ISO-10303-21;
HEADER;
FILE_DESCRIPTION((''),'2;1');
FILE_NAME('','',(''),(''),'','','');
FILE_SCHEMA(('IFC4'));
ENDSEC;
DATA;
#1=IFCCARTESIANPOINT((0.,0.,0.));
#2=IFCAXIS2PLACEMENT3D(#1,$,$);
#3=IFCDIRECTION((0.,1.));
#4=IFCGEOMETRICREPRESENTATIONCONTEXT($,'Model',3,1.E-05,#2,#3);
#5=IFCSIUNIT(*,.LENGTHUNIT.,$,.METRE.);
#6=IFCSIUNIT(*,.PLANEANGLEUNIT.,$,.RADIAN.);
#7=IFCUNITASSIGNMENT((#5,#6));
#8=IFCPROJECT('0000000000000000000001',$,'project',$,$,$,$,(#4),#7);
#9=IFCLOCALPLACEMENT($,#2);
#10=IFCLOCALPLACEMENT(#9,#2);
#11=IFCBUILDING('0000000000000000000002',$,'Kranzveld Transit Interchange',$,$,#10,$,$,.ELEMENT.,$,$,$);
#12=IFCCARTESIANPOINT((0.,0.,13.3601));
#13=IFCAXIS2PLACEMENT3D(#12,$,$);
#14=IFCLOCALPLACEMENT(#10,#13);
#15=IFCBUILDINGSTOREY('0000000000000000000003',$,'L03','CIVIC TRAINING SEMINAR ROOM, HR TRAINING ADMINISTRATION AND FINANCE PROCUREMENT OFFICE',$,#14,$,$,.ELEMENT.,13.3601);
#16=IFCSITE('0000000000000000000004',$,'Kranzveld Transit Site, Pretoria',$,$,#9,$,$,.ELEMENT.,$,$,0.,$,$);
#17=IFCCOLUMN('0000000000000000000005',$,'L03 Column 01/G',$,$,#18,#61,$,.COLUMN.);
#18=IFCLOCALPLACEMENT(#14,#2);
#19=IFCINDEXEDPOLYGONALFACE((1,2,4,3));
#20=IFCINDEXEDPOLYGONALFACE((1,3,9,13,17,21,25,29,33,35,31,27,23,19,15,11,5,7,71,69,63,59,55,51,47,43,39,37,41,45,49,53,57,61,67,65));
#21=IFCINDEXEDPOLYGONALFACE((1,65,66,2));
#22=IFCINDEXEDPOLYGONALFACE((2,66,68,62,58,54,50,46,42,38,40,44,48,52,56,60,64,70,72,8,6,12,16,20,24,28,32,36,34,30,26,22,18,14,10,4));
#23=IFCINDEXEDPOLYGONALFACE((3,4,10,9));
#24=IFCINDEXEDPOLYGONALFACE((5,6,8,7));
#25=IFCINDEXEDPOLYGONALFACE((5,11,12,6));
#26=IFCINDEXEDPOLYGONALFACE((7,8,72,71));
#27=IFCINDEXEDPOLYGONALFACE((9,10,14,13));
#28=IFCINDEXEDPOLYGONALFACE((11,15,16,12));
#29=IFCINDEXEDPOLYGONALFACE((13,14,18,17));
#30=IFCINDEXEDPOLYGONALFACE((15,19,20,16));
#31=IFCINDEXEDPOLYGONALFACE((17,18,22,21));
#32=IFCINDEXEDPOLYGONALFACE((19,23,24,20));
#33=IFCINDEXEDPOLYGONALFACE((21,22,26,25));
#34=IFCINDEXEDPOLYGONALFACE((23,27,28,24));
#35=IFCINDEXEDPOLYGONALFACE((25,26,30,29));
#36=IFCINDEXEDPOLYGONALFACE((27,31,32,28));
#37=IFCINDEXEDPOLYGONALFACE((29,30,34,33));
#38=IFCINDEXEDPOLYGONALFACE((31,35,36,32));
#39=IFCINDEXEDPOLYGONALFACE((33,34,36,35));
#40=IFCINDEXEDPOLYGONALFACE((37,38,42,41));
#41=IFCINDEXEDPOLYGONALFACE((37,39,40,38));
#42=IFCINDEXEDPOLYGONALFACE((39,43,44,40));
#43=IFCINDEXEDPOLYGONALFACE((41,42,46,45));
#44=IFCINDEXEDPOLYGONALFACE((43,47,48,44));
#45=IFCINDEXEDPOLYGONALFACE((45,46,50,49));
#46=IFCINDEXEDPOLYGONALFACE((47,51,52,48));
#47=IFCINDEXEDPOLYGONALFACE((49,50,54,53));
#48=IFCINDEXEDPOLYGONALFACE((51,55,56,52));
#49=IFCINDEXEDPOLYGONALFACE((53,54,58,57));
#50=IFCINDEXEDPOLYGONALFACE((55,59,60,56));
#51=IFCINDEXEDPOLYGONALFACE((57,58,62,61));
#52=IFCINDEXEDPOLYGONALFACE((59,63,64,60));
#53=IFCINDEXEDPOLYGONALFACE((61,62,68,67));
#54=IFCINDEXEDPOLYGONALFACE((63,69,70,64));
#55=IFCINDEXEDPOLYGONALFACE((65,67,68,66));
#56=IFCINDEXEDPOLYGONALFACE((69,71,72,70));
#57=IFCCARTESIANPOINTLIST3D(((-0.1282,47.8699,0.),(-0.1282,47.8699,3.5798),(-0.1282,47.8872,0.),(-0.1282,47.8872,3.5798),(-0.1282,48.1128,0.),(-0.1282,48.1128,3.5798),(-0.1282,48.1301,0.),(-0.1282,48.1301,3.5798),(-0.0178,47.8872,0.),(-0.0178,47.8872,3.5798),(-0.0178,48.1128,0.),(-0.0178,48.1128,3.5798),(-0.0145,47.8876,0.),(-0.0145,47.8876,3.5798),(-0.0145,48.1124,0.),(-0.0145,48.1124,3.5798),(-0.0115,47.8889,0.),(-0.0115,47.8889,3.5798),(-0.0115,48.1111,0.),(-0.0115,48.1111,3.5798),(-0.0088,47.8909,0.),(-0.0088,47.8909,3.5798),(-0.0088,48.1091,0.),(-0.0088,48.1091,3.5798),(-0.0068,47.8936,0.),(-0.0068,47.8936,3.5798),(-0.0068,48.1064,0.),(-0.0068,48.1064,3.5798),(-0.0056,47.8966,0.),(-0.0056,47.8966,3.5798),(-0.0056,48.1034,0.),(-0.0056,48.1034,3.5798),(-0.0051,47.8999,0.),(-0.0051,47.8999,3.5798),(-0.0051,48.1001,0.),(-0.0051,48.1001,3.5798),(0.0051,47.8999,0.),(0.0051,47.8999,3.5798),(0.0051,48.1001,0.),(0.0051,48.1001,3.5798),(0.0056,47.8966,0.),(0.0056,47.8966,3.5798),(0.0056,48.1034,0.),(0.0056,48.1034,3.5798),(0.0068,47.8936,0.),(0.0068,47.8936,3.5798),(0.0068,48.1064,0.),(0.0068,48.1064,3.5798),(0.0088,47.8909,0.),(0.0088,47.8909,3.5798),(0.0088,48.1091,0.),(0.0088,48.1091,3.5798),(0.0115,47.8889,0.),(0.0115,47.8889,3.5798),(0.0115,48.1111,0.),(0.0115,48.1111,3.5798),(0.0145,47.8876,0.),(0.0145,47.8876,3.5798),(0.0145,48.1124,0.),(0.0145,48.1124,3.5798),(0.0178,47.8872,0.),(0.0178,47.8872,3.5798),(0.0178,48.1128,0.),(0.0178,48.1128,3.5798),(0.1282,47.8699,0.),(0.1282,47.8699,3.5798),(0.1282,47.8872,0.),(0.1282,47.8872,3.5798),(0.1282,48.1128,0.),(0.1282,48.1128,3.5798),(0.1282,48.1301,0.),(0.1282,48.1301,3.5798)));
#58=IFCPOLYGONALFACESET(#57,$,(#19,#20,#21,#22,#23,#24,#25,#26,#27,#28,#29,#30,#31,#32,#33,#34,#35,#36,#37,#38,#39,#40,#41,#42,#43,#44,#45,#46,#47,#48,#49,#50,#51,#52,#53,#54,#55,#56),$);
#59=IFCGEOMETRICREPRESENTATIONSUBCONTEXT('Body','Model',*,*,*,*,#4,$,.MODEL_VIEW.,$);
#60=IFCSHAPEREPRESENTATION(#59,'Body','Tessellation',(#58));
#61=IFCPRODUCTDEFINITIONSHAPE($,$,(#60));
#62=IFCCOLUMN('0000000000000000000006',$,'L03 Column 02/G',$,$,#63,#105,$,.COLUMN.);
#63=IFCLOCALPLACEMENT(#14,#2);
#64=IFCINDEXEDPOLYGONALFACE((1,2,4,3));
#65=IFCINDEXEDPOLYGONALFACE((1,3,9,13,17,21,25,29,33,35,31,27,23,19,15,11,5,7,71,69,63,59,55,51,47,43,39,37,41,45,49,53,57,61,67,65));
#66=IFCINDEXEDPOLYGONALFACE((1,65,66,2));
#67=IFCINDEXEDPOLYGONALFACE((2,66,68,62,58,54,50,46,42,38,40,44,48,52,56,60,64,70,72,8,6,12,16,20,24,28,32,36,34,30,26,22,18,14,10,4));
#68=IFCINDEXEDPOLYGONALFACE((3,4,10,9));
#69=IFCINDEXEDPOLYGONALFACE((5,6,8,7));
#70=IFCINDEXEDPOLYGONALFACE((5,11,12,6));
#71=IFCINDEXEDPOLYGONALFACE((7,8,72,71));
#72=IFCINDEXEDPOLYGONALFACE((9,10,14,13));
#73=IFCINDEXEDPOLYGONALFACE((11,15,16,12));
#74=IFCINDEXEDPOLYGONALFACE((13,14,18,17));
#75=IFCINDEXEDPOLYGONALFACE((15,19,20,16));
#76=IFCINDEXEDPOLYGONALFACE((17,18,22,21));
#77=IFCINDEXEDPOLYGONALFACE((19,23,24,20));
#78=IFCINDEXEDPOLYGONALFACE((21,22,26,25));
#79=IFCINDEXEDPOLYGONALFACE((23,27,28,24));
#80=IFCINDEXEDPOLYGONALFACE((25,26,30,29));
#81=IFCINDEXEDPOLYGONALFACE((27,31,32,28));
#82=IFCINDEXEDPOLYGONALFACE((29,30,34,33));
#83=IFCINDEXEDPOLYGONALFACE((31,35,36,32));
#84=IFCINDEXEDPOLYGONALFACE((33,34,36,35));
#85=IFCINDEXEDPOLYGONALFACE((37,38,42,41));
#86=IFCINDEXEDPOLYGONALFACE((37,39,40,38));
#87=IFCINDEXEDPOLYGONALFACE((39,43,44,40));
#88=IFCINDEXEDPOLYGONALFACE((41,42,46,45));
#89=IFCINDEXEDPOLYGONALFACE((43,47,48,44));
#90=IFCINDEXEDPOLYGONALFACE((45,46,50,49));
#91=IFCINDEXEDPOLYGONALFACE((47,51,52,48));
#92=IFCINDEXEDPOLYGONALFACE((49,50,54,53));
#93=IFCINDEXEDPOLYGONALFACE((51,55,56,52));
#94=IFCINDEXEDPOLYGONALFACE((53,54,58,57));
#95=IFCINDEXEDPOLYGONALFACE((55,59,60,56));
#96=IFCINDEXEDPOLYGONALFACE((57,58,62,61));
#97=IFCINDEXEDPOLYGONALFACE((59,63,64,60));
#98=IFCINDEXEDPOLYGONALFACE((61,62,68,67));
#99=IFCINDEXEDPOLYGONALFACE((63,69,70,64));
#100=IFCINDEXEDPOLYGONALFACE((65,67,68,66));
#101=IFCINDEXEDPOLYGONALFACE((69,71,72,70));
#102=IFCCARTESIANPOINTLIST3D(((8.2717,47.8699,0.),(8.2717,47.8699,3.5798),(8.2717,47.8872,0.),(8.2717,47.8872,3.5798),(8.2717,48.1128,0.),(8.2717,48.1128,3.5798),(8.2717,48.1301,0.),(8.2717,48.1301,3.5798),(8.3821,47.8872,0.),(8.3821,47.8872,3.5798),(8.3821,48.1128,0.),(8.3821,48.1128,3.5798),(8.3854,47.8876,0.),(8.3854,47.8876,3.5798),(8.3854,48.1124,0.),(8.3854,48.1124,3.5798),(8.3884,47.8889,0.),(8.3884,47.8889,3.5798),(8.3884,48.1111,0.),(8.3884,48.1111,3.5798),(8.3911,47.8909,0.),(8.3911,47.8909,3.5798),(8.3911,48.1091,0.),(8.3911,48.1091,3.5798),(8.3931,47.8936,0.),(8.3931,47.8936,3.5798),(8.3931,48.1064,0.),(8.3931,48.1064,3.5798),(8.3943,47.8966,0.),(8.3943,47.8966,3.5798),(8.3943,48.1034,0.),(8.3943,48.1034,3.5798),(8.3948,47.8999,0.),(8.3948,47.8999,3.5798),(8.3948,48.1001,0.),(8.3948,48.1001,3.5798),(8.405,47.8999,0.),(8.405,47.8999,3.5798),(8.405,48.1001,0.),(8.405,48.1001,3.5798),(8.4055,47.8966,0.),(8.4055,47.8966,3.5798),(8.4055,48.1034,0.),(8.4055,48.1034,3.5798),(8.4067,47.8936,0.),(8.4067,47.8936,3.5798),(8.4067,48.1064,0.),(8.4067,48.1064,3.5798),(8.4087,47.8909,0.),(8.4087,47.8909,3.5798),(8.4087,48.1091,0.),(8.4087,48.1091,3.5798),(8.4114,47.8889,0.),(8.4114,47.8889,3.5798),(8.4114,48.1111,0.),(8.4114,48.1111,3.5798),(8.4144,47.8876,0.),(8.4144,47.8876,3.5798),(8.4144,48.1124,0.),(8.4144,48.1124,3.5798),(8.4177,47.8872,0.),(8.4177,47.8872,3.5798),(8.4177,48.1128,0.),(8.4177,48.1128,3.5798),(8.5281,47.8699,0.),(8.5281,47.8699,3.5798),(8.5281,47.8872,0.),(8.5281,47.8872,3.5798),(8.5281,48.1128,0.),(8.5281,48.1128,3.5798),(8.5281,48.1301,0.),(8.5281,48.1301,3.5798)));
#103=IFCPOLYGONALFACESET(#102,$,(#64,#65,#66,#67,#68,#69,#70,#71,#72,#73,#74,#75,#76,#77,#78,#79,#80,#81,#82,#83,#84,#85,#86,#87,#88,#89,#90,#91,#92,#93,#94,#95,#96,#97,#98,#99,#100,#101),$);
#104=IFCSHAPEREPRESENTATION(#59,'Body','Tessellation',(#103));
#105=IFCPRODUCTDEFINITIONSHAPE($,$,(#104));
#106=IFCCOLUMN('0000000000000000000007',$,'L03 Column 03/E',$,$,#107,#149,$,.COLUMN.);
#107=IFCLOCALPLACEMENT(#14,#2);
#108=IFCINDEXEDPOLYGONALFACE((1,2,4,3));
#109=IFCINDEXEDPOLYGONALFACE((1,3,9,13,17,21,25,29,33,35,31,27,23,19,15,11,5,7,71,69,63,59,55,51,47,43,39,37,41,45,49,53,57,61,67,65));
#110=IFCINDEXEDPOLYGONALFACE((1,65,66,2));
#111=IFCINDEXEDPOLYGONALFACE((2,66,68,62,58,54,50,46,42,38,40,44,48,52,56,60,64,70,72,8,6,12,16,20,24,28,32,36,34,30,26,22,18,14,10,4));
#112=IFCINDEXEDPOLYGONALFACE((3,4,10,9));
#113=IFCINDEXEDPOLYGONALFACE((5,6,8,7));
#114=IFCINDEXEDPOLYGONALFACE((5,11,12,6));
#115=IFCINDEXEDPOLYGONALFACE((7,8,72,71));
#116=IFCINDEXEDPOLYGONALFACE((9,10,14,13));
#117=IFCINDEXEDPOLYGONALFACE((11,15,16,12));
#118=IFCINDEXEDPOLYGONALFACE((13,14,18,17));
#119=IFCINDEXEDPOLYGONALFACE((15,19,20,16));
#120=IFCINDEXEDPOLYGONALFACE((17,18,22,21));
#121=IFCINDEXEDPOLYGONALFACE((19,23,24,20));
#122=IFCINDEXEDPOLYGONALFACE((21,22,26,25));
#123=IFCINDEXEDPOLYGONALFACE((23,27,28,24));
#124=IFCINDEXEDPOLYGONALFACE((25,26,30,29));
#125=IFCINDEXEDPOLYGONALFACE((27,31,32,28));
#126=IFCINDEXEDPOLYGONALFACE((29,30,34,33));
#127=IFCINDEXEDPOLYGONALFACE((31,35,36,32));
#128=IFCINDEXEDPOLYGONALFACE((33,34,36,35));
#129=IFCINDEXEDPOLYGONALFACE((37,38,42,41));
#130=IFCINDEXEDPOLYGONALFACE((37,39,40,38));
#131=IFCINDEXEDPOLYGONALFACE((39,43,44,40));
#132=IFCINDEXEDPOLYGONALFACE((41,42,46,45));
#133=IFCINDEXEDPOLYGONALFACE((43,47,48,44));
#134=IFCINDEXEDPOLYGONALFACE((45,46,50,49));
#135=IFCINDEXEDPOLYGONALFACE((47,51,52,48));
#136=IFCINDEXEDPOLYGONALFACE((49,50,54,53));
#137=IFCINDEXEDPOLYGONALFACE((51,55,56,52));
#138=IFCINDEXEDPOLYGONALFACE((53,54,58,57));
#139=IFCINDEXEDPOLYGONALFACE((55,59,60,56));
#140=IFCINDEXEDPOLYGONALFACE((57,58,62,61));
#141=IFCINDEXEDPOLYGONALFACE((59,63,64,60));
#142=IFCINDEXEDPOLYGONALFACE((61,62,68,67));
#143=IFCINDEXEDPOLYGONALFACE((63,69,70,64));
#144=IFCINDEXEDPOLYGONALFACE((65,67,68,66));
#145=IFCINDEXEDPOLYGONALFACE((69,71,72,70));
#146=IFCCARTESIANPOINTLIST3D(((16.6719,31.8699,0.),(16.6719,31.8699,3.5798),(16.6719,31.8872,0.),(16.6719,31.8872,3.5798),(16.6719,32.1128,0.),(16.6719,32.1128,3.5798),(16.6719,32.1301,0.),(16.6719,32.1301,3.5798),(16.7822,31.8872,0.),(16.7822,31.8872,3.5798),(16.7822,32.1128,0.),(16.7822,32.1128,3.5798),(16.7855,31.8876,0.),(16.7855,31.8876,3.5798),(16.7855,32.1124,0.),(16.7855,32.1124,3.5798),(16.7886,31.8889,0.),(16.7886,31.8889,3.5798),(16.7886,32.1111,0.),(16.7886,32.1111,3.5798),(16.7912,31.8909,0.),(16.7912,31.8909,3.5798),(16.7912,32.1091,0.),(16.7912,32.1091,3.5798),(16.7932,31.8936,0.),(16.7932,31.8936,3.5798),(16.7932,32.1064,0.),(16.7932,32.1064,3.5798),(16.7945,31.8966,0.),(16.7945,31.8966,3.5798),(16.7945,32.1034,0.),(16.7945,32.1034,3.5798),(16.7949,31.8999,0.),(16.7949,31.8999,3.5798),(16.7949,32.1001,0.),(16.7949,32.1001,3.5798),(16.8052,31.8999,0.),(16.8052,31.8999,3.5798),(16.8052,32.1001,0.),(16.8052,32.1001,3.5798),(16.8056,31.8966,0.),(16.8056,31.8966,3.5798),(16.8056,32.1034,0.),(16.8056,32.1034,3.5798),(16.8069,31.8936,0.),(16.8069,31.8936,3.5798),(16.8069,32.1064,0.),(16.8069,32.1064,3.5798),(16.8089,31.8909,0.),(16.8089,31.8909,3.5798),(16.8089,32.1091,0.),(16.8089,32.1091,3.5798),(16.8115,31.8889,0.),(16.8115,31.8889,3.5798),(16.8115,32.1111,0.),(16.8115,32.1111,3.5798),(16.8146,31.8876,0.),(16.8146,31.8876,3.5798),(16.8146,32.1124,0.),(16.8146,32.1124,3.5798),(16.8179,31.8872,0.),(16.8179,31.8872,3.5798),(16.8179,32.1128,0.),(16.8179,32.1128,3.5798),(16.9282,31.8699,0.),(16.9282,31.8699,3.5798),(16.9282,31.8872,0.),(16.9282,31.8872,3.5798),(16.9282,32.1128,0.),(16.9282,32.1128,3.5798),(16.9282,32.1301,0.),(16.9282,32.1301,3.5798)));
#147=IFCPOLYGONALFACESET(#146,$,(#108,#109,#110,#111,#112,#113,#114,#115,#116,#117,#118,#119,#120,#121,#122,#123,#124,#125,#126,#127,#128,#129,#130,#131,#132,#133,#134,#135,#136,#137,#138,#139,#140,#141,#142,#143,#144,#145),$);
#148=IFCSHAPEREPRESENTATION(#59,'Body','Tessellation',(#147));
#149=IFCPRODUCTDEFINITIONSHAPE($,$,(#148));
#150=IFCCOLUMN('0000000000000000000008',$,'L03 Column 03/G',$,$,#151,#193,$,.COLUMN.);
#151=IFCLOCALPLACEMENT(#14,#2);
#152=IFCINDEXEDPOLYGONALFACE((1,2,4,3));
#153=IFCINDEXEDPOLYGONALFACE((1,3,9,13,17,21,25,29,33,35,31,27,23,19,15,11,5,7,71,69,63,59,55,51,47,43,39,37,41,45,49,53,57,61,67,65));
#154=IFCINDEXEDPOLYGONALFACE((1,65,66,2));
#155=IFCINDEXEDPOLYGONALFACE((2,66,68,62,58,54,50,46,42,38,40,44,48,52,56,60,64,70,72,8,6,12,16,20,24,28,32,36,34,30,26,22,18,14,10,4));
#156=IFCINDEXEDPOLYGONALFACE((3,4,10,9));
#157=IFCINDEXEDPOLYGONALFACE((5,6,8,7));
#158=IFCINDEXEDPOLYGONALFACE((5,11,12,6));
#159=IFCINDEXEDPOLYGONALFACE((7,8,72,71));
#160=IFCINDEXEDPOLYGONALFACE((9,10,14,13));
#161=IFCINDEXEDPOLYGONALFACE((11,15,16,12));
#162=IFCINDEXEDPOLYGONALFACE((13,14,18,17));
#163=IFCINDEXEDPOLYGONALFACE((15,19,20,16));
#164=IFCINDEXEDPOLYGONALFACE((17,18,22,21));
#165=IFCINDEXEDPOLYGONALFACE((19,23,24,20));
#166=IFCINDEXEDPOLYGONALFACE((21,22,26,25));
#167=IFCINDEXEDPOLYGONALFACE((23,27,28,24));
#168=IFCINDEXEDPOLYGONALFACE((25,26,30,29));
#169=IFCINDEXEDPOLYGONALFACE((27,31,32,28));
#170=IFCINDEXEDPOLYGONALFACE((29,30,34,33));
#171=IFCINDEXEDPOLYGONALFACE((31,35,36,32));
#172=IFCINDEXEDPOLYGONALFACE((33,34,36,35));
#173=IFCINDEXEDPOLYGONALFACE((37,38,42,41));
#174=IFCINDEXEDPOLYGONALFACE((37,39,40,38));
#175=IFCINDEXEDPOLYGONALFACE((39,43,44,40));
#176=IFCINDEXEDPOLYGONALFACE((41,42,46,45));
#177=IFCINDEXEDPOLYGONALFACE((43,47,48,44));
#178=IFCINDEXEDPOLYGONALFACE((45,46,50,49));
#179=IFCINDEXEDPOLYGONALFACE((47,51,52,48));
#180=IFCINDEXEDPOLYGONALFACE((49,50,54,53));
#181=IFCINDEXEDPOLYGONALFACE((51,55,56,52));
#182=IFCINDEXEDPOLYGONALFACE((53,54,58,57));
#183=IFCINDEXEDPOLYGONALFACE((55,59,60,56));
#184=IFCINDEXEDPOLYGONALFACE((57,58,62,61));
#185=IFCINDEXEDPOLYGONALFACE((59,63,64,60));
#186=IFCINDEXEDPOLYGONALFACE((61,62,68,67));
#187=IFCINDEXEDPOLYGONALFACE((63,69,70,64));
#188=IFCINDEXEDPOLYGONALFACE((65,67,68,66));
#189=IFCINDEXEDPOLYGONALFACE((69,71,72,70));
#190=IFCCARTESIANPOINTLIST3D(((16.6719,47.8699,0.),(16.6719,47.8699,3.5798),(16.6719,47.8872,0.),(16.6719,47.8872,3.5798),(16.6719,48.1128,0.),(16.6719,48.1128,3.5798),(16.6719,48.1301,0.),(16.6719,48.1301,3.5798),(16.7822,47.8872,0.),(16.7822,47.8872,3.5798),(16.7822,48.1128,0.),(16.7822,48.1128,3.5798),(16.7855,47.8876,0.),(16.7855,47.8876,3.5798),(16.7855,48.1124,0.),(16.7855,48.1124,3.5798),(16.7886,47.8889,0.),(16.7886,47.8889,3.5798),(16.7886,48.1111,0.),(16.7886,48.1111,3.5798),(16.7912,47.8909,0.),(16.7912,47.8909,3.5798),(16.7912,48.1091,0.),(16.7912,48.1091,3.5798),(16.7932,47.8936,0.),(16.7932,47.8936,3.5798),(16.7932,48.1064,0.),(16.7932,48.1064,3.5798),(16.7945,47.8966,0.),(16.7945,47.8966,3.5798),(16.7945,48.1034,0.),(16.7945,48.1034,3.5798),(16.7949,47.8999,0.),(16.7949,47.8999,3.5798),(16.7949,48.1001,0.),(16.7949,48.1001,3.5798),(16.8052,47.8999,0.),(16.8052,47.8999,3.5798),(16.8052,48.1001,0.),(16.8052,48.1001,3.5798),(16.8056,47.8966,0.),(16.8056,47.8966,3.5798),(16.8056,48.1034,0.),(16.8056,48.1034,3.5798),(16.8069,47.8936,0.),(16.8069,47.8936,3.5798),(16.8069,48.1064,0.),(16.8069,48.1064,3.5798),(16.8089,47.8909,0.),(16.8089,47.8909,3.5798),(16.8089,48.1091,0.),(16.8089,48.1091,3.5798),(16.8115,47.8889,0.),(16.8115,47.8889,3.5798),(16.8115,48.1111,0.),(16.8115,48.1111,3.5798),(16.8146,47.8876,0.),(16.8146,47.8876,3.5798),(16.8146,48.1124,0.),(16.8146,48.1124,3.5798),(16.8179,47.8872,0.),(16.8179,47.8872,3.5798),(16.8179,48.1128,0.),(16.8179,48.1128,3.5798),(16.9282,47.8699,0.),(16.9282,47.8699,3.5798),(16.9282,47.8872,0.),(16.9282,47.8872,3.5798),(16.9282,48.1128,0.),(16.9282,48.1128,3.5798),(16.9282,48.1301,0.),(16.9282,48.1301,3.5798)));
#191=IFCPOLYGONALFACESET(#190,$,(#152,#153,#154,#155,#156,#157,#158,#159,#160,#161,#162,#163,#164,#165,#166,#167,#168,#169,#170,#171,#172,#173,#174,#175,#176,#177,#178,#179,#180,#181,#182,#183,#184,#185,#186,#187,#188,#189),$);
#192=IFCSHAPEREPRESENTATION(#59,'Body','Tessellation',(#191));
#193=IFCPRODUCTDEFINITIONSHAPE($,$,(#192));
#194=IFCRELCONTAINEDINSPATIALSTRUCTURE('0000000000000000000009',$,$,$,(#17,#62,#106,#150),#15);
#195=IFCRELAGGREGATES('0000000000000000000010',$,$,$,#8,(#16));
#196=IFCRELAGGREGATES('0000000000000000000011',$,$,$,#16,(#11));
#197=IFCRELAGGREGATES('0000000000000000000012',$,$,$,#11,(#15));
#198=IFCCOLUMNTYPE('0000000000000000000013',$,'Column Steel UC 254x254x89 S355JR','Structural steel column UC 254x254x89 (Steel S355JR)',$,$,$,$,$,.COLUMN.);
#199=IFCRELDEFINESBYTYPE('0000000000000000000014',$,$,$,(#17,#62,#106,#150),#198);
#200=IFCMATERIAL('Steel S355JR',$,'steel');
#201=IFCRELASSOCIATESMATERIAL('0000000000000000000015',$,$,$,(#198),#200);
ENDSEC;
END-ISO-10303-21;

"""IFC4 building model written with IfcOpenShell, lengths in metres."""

from ifc_helpers import new_model, si_unit, direction, frame, origin, origin_2d, place, context, subcontext, project, spatial, i_section, extrude, material, material_profile, profile_set, type_object, element, save


model = new_model("IFC4")

# Units and contexts
model_context = context("Model", 3, precision=1e-05, world=origin(), true_north=direction((0.0, 1.0)))
body_context = subcontext(model_context, "Body", "Model", "MODEL_VIEW")
ifc_project = project(units=[si_unit("LENGTHUNIT", "METRE"), si_unit("PLANEANGLEUNIT", "RADIAN")], contexts=[model_context])

# Site, building, storey
site_placement = place(None, origin())
site = spatial("IfcSite", under=ifc_project, at=site_placement, Name="Kranzveld Transit Site, Pretoria", CompositionType="ELEMENT", RefElevation=0.0)
building_placement = place(site_placement, origin())
building = spatial("IfcBuilding", under=site, at=building_placement, Name="Kranzveld Transit Interchange", CompositionType="ELEMENT")
storey_placement = place(building_placement, frame((0.0, 0.0, 13.3601)))
storey = spatial("IfcBuildingStorey", under=building, at=storey_placement, Name="L03", Description="CIVIC TRAINING SEMINAR ROOM, HR TRAINING ADMINISTRATION AND FINANCE PROCUREMENT OFFICE", CompositionType="ELEMENT", Elevation=13.3601)

# Columns
ifc_material_1 = material(Name="Steel S355JR", Category="steel")
ifc_material_profile_1 = material_profile(ifc_material_1, i_section(OverallWidth=0.2563, OverallDepth=0.2603, WebThickness=0.0103, FlangeThickness=0.0173, FilletRadius=0.0127, at=origin_2d()), Name="UC 254x254x89")
ifc_profile_set_1 = profile_set([ifc_material_profile_1], Name="Steel S355JR")
column_type = type_object("IfcColumnType", Name="Column Steel UC 254x254x89 S355JR", Description="Structural steel column UC 254x254x89 (Steel S355JR)", PredefinedType="COLUMN", material=ifc_profile_set_1)
for number, where, z_axis, x_axis, name in (
    (1, (0.0, 48.0, 0.0), (0.0, 0.0, 1.0), (1.0, 0.0, 0.0), "L03 Column 01/G"),
    (2, (8.3999, 48.0, 0.0), (0.0, 0.0, 1.0), (1.0, 0.0, 0.0), "L03 Column 02/G"),
    (3, (16.8, 32.0, 0.0), (0.0, 0.0, 1.0), (1.0, 0.0, 0.0), "L03 Column 03/E"),
    (4, (16.8, 48.0, 0.0), (0.0, 0.0, 1.0), (1.0, 0.0, 0.0), "L03 Column 03/G"),
):
    element("IfcColumn", number, at=place(storey_placement, frame(where, z_axis=z_axis, x_axis=x_axis)), inside=storey, type_object=column_type, Name=name, PredefinedType="COLUMN", context=body_context, shape_type="SweptSolid", body=[
        extrude(i_section(OverallWidth=0.2563, OverallDepth=0.2603, WebThickness=0.0103, FlangeThickness=0.0173, FilletRadius=0.0127, at=origin_2d()), origin(), (0.0, 0.0, 1.0), 3.5798),
    ])

save(model, "model.ifc")
